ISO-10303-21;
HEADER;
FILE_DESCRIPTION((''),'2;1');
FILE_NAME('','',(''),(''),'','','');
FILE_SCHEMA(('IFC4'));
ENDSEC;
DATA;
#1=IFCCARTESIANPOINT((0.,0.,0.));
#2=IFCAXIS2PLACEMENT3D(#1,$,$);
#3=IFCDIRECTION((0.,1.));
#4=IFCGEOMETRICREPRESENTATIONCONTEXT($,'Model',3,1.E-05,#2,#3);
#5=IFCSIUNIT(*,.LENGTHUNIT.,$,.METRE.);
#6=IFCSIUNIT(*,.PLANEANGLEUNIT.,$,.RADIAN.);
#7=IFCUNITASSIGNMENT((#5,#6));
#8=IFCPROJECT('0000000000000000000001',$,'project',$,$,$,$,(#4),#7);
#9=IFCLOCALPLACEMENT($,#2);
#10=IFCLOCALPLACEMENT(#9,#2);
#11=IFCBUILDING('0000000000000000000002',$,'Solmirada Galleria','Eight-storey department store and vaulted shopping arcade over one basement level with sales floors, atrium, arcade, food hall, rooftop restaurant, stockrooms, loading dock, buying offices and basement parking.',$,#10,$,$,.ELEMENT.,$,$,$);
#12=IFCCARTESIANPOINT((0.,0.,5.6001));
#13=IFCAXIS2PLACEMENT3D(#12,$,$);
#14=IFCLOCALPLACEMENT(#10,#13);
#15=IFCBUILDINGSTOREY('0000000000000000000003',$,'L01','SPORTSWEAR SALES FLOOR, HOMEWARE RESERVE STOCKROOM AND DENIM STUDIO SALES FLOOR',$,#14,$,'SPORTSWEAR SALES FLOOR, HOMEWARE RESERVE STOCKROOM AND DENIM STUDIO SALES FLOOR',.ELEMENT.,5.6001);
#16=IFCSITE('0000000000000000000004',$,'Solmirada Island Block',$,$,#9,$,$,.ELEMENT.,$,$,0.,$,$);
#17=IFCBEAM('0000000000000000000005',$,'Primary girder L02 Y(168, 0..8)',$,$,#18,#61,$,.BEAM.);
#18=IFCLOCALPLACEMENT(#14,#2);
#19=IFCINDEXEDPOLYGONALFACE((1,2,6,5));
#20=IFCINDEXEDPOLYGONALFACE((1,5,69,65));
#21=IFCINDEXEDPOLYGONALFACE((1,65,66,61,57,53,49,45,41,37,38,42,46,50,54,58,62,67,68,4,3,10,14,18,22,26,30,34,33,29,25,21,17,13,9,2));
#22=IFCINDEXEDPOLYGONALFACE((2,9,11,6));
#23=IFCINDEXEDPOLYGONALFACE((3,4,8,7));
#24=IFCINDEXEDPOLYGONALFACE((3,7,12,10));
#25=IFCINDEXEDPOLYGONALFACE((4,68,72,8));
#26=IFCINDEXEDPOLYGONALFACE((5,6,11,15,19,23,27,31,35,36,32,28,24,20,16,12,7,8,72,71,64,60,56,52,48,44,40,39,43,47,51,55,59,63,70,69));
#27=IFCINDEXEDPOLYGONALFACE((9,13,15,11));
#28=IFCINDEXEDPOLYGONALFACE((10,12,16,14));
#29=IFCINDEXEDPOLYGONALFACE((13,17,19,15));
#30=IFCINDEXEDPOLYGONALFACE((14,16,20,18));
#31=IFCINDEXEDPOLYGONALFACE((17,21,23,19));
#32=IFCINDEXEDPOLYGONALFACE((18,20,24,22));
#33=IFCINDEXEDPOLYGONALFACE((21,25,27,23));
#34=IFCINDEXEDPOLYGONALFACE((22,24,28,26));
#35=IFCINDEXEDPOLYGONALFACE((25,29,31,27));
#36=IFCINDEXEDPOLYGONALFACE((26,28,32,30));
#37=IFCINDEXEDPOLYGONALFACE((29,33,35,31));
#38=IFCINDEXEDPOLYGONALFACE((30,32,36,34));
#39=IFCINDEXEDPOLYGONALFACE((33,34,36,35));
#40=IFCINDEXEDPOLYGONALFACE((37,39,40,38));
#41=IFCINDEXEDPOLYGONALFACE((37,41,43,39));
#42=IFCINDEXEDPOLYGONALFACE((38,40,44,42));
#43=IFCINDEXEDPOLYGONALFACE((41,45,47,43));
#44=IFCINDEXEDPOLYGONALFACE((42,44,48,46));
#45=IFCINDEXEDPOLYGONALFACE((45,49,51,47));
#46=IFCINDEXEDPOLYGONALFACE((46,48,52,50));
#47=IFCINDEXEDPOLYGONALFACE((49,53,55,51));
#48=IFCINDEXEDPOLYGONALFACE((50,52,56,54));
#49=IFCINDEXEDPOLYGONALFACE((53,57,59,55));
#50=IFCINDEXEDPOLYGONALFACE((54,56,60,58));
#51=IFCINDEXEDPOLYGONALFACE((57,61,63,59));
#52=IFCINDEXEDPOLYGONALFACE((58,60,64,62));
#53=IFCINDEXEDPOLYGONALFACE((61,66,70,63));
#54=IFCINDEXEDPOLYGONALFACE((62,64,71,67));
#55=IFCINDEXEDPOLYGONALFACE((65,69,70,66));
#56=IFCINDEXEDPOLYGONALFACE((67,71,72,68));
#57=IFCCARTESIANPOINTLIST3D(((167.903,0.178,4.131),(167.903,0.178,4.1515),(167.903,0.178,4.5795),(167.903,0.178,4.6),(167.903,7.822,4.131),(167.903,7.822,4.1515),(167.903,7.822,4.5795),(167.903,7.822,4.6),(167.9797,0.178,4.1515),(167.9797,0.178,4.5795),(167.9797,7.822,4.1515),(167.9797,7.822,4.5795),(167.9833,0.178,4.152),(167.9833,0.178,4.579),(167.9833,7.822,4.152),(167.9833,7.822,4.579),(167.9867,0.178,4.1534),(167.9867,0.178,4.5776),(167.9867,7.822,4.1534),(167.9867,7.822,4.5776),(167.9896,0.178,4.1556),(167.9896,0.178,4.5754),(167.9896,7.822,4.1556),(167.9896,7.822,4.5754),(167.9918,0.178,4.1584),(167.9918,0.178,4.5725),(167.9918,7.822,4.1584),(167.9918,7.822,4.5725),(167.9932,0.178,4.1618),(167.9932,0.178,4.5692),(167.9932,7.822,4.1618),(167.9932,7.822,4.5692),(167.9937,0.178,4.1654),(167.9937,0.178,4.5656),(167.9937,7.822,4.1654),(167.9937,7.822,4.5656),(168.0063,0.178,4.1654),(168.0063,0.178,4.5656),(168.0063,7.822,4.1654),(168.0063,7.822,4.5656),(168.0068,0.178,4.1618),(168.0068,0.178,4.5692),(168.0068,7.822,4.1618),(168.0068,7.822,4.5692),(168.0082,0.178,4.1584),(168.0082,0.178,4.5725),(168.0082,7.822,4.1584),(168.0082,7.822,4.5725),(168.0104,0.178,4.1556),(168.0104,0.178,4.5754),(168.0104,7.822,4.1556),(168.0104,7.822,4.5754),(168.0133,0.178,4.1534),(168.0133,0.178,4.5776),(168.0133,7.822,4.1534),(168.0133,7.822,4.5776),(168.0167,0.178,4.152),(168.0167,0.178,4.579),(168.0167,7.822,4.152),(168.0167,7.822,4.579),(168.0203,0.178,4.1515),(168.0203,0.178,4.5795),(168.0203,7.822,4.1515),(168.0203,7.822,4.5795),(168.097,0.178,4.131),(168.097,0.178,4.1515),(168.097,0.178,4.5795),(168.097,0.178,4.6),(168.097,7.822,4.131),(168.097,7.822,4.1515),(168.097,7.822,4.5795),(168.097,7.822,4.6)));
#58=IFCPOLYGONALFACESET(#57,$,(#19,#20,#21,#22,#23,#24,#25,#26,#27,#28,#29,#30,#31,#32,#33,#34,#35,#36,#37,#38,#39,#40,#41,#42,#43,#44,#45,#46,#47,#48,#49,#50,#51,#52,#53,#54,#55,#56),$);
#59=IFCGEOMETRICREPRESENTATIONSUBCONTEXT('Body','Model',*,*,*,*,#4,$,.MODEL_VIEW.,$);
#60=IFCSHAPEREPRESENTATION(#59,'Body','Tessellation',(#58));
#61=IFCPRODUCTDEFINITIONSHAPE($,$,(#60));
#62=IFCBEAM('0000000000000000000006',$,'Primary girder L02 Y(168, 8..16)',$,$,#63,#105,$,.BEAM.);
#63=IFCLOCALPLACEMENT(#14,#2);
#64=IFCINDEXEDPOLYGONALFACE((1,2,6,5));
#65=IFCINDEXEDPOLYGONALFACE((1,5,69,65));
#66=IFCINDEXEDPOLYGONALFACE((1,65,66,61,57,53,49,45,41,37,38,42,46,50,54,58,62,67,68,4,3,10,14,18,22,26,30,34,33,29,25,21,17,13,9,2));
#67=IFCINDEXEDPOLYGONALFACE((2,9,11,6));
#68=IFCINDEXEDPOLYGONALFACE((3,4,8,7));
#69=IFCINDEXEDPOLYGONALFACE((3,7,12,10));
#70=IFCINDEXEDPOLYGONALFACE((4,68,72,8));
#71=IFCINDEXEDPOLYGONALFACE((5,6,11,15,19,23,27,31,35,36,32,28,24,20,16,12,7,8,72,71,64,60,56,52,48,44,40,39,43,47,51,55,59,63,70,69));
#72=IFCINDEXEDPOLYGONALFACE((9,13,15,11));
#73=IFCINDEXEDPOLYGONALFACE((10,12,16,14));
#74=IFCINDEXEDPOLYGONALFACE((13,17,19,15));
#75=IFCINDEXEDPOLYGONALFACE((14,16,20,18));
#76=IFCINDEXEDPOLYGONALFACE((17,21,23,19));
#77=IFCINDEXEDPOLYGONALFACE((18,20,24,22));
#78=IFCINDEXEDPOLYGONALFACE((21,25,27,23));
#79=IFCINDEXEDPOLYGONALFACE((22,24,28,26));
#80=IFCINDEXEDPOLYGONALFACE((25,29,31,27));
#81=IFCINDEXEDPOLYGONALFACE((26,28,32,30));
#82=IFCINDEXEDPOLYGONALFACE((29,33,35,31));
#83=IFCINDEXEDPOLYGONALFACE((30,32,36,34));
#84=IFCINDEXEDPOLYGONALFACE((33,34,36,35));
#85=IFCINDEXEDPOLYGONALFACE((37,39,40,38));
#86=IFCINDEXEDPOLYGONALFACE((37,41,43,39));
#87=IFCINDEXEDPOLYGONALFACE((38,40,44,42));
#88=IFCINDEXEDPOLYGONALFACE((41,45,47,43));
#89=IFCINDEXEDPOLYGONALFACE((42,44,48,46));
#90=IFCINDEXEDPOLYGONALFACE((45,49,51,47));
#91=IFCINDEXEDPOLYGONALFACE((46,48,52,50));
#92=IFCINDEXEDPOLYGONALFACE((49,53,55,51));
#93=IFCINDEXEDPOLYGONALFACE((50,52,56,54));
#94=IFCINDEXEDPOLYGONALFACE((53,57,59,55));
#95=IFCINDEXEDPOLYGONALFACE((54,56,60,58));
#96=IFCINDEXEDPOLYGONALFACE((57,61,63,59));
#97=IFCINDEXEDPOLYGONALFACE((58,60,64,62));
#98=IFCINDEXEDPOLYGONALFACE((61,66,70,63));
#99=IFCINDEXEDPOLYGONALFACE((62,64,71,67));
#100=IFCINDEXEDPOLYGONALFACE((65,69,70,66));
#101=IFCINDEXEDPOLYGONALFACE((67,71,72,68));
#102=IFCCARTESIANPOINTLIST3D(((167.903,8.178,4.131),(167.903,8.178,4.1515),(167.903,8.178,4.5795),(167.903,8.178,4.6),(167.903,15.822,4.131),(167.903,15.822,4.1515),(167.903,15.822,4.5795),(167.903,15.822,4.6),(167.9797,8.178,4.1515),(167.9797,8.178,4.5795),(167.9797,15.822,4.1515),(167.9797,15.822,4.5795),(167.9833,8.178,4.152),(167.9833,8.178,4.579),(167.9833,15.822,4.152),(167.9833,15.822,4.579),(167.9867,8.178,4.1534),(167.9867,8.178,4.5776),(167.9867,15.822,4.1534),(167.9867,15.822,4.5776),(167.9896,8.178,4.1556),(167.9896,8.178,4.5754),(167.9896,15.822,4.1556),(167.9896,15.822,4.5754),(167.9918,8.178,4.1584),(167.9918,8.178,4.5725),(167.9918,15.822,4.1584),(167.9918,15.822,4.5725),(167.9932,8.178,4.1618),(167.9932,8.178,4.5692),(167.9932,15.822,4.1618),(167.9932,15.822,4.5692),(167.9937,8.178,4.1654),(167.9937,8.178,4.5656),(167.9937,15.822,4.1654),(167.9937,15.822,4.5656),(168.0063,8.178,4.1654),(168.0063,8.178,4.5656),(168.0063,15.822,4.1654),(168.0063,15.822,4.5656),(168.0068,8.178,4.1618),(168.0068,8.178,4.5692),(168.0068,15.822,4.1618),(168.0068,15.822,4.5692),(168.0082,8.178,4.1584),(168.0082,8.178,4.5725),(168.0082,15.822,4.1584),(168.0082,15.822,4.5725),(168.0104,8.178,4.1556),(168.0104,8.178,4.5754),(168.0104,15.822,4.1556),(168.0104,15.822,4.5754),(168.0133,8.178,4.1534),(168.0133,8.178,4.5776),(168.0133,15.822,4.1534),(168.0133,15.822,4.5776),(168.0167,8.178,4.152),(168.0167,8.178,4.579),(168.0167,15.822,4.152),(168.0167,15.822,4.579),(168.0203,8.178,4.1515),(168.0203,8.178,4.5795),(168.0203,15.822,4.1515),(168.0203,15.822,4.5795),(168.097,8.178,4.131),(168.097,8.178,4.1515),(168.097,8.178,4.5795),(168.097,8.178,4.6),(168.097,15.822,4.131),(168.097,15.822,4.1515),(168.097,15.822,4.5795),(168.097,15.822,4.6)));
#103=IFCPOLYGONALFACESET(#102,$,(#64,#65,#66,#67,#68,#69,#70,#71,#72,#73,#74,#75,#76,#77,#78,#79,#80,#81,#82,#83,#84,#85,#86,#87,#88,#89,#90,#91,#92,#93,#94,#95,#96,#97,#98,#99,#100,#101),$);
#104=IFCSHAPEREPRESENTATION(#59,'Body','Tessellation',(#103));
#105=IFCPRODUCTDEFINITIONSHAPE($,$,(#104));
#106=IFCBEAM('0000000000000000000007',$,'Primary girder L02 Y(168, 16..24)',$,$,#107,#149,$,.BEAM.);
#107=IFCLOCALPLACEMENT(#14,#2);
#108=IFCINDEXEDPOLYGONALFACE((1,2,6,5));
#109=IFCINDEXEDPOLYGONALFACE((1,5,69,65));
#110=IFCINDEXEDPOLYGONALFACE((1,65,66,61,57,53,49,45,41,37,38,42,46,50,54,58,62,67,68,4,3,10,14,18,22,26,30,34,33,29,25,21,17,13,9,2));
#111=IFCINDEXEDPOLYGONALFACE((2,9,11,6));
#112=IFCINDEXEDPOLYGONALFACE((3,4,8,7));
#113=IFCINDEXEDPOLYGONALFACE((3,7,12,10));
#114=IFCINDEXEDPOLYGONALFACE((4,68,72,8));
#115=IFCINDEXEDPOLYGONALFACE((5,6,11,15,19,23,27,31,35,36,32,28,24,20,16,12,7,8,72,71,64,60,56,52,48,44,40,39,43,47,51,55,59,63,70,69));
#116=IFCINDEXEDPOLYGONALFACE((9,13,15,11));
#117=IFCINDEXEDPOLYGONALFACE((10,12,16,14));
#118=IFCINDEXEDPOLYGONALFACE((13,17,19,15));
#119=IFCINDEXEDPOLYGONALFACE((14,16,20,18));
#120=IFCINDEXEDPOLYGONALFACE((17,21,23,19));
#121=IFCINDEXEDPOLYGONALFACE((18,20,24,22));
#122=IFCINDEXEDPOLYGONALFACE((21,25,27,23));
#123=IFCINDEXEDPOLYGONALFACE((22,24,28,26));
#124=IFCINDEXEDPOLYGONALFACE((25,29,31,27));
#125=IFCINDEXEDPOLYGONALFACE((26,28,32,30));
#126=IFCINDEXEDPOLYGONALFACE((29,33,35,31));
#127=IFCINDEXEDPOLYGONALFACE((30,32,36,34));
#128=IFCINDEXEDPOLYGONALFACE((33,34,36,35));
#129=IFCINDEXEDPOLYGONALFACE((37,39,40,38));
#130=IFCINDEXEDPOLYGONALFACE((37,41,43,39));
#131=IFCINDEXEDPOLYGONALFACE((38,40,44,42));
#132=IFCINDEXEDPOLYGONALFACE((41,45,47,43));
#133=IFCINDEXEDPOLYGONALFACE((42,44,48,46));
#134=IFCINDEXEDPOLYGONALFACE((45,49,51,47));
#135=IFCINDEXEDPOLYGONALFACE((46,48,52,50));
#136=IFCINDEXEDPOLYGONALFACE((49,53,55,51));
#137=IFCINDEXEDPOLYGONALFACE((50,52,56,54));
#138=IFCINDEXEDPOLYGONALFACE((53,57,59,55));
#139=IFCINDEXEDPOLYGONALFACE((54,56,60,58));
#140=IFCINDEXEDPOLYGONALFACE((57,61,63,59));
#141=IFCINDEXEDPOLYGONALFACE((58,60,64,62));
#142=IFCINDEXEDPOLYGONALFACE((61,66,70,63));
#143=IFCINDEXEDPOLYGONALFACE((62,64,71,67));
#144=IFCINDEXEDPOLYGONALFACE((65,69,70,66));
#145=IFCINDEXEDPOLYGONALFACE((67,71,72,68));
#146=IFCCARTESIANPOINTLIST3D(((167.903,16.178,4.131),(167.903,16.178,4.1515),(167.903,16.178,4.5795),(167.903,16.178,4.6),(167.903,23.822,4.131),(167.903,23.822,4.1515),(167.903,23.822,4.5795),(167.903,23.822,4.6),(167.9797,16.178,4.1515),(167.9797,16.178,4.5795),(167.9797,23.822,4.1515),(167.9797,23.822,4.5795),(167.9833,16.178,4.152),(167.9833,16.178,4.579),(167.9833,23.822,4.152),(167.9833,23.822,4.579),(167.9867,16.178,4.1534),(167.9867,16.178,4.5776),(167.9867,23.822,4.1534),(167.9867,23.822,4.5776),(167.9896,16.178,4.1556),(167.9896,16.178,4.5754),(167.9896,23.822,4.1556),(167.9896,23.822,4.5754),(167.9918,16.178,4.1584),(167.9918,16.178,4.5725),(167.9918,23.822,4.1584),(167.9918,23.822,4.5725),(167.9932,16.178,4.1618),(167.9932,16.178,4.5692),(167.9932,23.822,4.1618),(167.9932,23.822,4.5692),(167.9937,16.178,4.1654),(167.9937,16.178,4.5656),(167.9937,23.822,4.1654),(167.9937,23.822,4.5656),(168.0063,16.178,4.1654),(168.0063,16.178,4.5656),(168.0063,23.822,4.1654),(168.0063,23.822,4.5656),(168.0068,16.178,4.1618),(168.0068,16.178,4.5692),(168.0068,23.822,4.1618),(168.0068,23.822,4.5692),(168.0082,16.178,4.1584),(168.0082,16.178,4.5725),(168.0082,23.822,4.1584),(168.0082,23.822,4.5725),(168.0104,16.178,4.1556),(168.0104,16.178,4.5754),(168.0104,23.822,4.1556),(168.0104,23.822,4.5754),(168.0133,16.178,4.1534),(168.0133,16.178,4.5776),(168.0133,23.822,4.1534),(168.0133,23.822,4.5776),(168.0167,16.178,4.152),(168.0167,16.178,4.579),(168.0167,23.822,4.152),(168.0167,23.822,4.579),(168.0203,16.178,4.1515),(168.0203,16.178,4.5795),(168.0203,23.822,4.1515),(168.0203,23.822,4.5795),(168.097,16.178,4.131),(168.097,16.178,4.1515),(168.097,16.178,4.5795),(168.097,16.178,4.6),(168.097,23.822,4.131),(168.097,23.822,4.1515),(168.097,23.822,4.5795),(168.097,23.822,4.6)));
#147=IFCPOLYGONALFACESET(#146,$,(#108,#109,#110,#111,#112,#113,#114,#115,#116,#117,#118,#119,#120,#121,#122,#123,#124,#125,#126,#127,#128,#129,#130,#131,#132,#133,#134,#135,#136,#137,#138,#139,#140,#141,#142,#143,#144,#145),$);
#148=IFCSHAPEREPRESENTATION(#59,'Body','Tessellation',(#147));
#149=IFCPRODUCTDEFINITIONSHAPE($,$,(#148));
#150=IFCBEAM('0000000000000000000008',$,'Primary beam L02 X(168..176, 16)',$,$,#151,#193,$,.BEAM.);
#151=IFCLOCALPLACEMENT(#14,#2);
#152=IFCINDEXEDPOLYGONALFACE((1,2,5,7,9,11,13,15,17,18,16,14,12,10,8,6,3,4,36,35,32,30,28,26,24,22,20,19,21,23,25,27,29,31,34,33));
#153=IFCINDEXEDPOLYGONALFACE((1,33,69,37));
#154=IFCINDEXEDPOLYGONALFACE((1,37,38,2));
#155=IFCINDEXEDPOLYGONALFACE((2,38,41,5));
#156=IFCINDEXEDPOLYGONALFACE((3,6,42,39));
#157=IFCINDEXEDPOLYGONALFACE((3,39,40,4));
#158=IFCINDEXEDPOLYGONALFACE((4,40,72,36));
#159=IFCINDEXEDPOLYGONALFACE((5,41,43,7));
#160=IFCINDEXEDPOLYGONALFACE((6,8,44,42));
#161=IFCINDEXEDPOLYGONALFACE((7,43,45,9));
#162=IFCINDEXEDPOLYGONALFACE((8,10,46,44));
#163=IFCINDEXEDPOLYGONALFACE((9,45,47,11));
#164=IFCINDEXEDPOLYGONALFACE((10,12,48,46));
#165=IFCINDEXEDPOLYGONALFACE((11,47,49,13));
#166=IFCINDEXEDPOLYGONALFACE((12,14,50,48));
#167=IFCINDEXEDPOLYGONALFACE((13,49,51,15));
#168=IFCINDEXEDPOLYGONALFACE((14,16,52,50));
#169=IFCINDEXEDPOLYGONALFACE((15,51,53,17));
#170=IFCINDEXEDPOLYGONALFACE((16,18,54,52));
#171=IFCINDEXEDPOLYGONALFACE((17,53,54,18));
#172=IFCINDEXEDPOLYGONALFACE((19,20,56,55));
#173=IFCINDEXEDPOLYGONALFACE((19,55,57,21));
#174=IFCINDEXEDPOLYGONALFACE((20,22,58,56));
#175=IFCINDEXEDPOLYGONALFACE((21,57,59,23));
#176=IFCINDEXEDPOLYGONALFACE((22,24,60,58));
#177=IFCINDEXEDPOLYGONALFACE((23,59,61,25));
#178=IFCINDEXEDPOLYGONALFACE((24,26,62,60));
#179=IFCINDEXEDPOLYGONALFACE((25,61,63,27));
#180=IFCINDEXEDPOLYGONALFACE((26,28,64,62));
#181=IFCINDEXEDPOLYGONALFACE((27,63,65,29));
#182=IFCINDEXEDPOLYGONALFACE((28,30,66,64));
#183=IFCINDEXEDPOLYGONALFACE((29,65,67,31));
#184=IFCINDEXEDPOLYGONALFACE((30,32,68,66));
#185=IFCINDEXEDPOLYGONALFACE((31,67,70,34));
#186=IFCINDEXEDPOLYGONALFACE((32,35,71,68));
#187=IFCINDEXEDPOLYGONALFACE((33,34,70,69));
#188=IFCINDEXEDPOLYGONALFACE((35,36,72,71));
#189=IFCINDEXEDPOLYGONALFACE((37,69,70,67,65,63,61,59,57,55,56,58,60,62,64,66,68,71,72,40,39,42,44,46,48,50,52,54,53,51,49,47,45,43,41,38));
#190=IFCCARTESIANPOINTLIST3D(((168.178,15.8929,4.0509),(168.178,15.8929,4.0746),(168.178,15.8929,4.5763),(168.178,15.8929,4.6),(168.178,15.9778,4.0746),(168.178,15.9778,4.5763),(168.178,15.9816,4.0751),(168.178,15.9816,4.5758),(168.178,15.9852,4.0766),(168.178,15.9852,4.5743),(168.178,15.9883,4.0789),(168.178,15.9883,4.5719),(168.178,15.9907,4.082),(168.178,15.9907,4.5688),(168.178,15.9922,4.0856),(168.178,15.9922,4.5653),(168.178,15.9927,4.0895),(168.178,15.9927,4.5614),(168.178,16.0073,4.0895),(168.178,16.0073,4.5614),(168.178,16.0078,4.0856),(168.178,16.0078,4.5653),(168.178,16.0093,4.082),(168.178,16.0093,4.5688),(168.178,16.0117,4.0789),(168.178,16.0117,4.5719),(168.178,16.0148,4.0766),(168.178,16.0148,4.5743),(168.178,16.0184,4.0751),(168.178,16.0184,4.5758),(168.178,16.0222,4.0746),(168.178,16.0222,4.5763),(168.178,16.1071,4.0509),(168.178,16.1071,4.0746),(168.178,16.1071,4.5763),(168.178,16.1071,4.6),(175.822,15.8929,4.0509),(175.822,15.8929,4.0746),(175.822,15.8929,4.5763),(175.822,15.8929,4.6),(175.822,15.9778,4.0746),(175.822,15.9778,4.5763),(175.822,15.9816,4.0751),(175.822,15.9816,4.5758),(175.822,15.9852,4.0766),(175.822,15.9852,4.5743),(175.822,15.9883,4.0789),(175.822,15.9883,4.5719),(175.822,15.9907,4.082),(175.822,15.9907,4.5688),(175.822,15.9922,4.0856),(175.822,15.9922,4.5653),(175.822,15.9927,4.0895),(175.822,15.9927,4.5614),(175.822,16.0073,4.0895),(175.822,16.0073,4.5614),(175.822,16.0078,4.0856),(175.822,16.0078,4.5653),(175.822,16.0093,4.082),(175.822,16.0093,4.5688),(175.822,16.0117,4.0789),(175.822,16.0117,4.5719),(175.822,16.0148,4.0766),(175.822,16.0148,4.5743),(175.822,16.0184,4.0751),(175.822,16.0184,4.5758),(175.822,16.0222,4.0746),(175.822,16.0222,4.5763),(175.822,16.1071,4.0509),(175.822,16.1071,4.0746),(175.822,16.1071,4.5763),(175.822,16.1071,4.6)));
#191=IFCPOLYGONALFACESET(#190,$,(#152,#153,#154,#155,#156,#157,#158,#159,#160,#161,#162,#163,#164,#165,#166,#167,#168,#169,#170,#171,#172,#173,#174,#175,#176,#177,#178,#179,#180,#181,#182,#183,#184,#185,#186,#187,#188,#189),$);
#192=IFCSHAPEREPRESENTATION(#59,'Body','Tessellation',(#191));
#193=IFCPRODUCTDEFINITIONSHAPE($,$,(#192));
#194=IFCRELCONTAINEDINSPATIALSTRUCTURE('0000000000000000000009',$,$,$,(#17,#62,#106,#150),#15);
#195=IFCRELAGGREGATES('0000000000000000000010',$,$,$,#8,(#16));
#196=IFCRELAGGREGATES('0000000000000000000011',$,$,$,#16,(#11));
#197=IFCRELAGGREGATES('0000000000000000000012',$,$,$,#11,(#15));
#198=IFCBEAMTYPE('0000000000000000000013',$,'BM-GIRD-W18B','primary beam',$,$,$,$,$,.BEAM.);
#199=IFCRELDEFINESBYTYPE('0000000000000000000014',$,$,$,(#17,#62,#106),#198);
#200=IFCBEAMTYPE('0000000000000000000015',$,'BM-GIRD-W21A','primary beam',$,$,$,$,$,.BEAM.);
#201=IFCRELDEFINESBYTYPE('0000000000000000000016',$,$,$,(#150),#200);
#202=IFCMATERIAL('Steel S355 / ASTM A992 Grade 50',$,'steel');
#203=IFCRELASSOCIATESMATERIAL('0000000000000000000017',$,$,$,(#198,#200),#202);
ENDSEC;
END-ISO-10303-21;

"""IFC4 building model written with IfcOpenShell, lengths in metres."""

from ifc_helpers import new_model, si_unit, direction, frame, origin, origin_2d, place, context, subcontext, project, spatial, i_section, extrude, material, material_profile, profile_set, type_object, element, save


model = new_model("IFC4")

# Units and contexts
model_context = context("Model", 3, precision=1e-05, world=origin(), true_north=direction((0.0, 1.0)))
body_context = subcontext(model_context, "Body", "Model", "MODEL_VIEW")
ifc_project = project(units=[si_unit("LENGTHUNIT", "METRE"), si_unit("PLANEANGLEUNIT", "RADIAN")], contexts=[model_context])

# Site, building, storey
site_placement = place(None, origin())
site = spatial("IfcSite", under=ifc_project, at=site_placement, Name="Solmirada Island Block", CompositionType="ELEMENT", RefElevation=0.0)
building_placement = place(site_placement, origin())
building = spatial("IfcBuilding", under=site, at=building_placement, Name="Solmirada Galleria", Description="Eight-storey department store and vaulted shopping arcade over one basement level with sales floors, atrium, arcade, food hall, rooftop restaurant, stockrooms, loading dock, buying offices and basement parking.", CompositionType="ELEMENT")
storey_placement = place(building_placement, frame((0.0, 0.0, 5.6001)))
storey = spatial("IfcBuildingStorey", under=building, at=storey_placement, Name="L01", Description="SPORTSWEAR SALES FLOOR, HOMEWARE RESERVE STOCKROOM AND DENIM STUDIO SALES FLOOR", LongName="SPORTSWEAR SALES FLOOR, HOMEWARE RESERVE STOCKROOM AND DENIM STUDIO SALES FLOOR", CompositionType="ELEMENT", Elevation=5.6001)

# Beams
ifc_material_1 = material(Name="Steel S355 / ASTM A992 Grade 50", Category="steel")
ifc_material_profile_1 = material_profile(ifc_material_1, i_section(OverallWidth=0.1941, OverallDepth=0.469, WebThickness=0.0127, FlangeThickness=0.0205, FilletRadius=0.0139, at=origin_2d()), Name="W18X71")
ifc_profile_set_1 = profile_set([ifc_material_profile_1], Name="Steel S355 / ASTM A992 Grade 50")
beam_type_1 = type_object("IfcBeamType", Name="BM-GIRD-W18B", Description="primary beam", PredefinedType="BEAM", material=ifc_profile_set_1)
for number, where, z_axis, x_axis, name in (
    (1, (168.0, 0.178, 4.3655), (0.0, 1.0, 0.0), (-1.0, 0.0, 0.0), "Primary girder L02 Y(168, 0..8)"),
    (2, (168.0, 8.178, 4.3655), (0.0, 1.0, 0.0), (-1.0, 0.0, 0.0), "Primary girder L02 Y(168, 8..16)"),
    (3, (168.0, 16.178, 4.3655), (0.0, 1.0, 0.0), (-1.0, 0.0, 0.0), "Primary girder L02 Y(168, 16..24)"),
):
    element("IfcBeam", number, at=place(storey_placement, frame(where, z_axis=z_axis, x_axis=x_axis)), inside=storey, type_object=beam_type_1, Name=name, PredefinedType="BEAM", context=body_context, shape_type="SweptSolid", body=[
        extrude(i_section(OverallWidth=0.1941, OverallDepth=0.469, WebThickness=0.0127, FlangeThickness=0.0205, FilletRadius=0.0139, at=origin_2d()), origin(), (0.0, 0.0, 1.0), 7.644),
    ])
ifc_material_profile_2 = material_profile(ifc_material_1, i_section(OverallWidth=0.2141, OverallDepth=0.5491, WebThickness=0.0146, FlangeThickness=0.0237, FilletRadius=0.0149, at=origin_2d()), Name="W21X93")
ifc_profile_set_2 = profile_set([ifc_material_profile_2], Name="Steel S355 / ASTM A992 Grade 50")
beam_type_2 = type_object("IfcBeamType", Name="BM-GIRD-W21A", Description="primary beam", PredefinedType="BEAM", material=ifc_profile_set_2)
beam_1_placement = place(storey_placement, frame((168.178, 16.0, 4.3254), z_axis=(1.0, 0.0, 0.0), x_axis=(0.0, 1.0, 0.0)))
element("IfcBeam", 4, at=beam_1_placement, inside=storey, type_object=beam_type_2, Name="Primary beam L02 X(168..176, 16)", PredefinedType="BEAM", context=body_context, shape_type="SweptSolid", body=[
    extrude(i_section(OverallWidth=0.2141, OverallDepth=0.5491, WebThickness=0.0146, FlangeThickness=0.0237, FilletRadius=0.0149, at=origin_2d()), origin(), (0.0, 0.0, 1.0), 7.644),
])

save(model, "model.ifc")
